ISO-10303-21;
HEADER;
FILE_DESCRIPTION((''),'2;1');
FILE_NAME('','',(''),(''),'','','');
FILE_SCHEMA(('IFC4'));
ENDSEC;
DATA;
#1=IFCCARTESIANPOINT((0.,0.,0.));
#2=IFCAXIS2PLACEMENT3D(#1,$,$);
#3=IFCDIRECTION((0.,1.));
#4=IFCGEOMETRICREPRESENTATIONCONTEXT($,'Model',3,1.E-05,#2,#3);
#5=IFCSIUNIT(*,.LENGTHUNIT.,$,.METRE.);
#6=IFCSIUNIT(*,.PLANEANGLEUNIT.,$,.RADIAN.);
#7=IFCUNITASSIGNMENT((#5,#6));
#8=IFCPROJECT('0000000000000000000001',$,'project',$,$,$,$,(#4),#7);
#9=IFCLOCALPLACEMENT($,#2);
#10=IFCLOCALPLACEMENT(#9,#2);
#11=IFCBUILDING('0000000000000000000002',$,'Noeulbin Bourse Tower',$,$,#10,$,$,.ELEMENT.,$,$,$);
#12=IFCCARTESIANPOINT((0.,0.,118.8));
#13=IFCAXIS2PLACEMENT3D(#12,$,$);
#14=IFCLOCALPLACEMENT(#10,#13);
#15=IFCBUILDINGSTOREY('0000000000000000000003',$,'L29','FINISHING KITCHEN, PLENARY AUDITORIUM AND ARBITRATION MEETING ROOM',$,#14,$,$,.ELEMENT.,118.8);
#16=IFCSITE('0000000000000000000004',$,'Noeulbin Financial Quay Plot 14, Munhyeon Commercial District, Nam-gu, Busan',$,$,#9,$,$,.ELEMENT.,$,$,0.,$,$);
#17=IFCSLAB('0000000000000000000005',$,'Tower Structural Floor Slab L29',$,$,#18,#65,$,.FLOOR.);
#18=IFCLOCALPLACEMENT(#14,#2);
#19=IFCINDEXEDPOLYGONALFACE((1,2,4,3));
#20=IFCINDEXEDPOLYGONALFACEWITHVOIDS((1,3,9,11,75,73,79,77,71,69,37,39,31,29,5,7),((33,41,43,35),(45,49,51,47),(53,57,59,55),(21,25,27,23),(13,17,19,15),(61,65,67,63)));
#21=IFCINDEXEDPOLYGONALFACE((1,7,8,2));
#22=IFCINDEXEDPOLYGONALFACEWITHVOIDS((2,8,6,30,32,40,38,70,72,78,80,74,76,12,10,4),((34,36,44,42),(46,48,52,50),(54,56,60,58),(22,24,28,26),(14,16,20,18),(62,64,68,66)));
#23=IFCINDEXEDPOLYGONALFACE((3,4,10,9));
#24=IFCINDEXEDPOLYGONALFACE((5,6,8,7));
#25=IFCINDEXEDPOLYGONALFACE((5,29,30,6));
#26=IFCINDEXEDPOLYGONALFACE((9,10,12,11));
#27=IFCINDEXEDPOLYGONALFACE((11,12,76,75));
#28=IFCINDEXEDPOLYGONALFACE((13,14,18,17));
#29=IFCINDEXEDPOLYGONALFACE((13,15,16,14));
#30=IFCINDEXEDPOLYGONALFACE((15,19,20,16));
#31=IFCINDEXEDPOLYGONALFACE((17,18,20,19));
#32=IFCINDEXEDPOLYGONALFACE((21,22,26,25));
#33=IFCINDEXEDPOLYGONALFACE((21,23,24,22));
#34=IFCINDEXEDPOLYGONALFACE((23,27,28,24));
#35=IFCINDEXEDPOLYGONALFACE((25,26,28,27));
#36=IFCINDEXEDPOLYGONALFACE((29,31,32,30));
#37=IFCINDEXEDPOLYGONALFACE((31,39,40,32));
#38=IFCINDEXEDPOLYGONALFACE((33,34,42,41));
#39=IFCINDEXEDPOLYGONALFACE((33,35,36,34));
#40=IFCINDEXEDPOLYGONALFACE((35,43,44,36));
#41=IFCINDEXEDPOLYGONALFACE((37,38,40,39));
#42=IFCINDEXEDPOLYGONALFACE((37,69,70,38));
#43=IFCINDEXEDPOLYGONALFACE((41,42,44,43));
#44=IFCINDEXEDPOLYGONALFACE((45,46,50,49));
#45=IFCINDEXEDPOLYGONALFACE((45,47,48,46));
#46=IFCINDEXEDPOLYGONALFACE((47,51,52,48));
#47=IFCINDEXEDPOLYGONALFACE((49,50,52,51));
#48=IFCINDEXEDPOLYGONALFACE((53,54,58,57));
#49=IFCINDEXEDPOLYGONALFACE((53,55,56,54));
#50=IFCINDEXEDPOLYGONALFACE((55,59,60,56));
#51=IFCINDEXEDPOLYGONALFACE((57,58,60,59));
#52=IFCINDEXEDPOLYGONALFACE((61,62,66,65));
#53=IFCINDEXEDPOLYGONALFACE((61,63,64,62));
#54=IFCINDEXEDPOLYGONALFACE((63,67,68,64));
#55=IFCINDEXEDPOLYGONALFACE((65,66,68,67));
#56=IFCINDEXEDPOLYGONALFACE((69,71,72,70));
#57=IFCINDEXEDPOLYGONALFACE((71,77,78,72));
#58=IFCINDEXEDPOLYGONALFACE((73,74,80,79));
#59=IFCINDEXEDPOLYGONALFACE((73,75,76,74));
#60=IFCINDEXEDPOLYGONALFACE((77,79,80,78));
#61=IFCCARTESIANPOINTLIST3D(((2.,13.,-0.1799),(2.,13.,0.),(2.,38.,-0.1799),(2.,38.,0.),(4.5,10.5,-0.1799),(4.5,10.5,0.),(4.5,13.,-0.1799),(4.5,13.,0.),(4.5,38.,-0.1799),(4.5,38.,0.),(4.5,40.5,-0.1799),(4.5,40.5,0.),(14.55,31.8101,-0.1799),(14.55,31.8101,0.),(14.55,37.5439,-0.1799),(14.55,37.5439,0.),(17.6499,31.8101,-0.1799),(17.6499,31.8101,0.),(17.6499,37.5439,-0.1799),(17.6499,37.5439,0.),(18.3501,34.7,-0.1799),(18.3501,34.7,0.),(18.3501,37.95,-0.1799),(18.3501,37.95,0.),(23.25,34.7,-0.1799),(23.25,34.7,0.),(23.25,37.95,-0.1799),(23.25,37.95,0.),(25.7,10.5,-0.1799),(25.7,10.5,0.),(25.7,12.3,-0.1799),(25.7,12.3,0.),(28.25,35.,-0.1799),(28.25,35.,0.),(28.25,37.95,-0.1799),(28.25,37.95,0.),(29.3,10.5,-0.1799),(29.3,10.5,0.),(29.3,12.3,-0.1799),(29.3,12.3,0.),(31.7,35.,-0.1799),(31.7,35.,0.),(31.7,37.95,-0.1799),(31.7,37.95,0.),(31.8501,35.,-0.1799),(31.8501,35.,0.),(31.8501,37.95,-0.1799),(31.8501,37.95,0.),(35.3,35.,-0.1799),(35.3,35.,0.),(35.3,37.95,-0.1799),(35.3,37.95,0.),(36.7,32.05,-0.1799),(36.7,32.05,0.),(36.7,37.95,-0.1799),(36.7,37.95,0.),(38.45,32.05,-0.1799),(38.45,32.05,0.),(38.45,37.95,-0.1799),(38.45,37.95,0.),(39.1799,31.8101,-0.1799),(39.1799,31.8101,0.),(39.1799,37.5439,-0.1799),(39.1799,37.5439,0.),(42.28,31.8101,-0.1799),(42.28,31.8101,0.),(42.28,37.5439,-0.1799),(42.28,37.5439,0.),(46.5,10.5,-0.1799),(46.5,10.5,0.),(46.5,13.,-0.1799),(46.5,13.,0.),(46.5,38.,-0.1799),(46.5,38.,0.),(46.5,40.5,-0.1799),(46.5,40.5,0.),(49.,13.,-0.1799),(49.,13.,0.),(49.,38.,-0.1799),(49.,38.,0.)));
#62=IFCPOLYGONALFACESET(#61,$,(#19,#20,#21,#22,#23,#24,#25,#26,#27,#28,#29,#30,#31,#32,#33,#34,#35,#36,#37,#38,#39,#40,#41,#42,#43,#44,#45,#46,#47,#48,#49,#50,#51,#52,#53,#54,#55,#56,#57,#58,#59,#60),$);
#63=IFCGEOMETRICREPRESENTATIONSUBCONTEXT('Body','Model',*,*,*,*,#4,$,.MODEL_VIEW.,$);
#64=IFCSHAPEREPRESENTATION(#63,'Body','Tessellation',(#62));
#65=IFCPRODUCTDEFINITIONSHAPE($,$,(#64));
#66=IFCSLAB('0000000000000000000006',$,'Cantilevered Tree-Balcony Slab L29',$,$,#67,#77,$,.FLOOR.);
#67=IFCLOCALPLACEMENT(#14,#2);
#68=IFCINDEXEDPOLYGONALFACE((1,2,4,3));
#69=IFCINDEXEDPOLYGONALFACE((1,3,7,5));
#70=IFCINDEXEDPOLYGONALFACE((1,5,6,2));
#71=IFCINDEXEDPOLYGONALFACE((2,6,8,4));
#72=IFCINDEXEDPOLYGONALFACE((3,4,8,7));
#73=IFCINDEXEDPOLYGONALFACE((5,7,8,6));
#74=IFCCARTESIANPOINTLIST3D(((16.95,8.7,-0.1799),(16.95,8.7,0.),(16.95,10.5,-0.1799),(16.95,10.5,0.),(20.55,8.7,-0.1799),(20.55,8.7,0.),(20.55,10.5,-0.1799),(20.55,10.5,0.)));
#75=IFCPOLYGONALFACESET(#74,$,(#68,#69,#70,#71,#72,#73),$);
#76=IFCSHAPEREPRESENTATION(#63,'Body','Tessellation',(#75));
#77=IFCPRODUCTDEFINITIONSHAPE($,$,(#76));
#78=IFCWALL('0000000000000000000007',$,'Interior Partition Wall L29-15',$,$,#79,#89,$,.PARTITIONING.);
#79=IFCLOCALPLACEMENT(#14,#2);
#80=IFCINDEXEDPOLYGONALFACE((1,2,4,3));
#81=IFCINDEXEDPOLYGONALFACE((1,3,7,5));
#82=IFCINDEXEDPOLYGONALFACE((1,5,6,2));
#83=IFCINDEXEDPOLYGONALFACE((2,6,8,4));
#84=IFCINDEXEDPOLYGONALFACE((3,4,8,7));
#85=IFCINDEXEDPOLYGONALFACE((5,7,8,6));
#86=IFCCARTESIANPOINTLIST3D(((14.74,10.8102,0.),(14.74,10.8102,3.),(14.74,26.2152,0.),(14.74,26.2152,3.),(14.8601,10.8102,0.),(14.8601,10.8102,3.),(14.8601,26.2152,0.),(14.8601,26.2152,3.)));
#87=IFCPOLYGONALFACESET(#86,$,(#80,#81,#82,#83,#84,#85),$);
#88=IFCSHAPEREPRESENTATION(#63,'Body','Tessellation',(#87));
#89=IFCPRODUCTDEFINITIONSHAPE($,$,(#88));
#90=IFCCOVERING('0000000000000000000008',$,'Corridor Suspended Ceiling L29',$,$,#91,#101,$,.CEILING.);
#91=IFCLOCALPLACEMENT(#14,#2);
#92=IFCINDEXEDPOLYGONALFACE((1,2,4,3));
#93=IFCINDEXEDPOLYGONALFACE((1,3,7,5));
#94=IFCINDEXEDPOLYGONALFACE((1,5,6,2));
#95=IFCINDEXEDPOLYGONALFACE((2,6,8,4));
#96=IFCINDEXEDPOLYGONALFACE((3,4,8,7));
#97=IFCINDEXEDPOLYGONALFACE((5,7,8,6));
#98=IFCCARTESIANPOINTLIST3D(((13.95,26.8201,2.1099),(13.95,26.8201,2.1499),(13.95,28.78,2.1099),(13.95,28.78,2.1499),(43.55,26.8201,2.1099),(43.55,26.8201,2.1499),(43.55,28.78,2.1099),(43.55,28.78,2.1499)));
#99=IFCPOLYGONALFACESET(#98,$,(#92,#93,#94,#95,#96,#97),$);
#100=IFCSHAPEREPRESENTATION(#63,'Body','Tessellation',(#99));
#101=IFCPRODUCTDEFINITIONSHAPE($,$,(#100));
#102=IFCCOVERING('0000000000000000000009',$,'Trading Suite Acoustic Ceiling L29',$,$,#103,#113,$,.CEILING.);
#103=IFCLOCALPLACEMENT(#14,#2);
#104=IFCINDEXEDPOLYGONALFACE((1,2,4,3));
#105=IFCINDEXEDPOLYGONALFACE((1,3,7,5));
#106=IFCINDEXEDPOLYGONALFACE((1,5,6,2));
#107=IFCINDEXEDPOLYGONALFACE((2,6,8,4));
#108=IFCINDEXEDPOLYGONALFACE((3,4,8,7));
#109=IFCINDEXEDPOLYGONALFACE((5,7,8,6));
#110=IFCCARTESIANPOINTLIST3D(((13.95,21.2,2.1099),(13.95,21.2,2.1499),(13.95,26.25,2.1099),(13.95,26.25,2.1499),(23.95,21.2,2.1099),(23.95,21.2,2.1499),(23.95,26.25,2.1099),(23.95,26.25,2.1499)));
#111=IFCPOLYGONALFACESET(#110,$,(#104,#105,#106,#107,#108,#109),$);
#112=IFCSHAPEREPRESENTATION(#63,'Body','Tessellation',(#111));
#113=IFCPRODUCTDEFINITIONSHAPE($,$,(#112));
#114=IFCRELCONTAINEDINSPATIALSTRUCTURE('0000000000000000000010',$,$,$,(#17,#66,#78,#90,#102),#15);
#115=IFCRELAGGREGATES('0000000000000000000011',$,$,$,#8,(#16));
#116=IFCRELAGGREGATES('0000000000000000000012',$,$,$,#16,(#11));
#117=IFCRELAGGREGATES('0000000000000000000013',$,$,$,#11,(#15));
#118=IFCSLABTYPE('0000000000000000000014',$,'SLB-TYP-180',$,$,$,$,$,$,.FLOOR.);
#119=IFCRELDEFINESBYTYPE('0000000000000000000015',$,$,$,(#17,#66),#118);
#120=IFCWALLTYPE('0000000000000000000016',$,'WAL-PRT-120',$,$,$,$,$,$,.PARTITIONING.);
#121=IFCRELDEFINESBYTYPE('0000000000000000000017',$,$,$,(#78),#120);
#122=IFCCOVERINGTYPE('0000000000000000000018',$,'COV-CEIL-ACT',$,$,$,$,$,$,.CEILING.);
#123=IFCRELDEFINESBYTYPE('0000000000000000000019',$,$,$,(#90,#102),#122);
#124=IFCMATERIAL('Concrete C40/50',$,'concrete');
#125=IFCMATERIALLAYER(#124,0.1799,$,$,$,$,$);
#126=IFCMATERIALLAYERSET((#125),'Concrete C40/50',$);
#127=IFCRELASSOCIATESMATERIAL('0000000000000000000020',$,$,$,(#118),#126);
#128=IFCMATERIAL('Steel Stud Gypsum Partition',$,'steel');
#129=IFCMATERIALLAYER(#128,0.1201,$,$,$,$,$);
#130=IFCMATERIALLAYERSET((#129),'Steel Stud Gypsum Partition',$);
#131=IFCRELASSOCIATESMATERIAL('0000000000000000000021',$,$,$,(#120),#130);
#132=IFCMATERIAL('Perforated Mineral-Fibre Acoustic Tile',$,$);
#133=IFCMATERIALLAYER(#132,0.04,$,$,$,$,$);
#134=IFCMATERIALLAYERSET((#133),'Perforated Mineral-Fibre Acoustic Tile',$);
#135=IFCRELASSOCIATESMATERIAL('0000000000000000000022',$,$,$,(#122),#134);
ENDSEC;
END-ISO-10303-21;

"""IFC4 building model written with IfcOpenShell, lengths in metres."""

from ifc_helpers import new_model, si_unit, direction, frame, frame_2d, origin, place, context, subcontext, project, spatial, polyline, rectangle, outline, extrude, material, layer, layer_set, type_object, element, save


model = new_model("IFC4")

# Units and contexts
model_context = context("Model", 3, precision=1e-05, world=origin(), true_north=direction((0.0, 1.0)))
body_context = subcontext(model_context, "Body", "Model", "MODEL_VIEW")
ifc_project = project(units=[si_unit("LENGTHUNIT", "METRE"), si_unit("PLANEANGLEUNIT", "RADIAN")], contexts=[model_context])

# Site, building, storey
site_placement = place(None, origin())
site = spatial("IfcSite", under=ifc_project, at=site_placement, Name="Noeulbin Financial Quay Plot 14, Munhyeon Commercial District, Nam-gu, Busan", CompositionType="ELEMENT", RefElevation=0.0)
building_placement = place(site_placement, origin())
building = spatial("IfcBuilding", under=site, at=building_placement, Name="Noeulbin Bourse Tower", CompositionType="ELEMENT")
storey_placement = place(building_placement, frame((0.0, 0.0, 118.8)))
storey = spatial("IfcBuildingStorey", under=building, at=storey_placement, Name="L29", Description="FINISHING KITCHEN, PLENARY AUDITORIUM AND ARBITRATION MEETING ROOM", CompositionType="ELEMENT", Elevation=118.8)

# Shared definitions
ifc_material_1 = material(Name="Concrete C40/50", Category="concrete")

# Slab, openings
ifc_layer_1 = layer(ifc_material_1, 0.1799)
ifc_layer_set_1 = layer_set([ifc_layer_1], Name="Concrete C40/50")
slab_type_1 = type_object("IfcSlabType", Name="SLB-TYP-180", PredefinedType="FLOOR", material=ifc_layer_set_1)
slab_1_placement = place(storey_placement, frame((0.0, 0.0, -0.1799)))
slab_1 = element("IfcSlab", 1, at=slab_1_placement, inside=storey, type_object=slab_type_1, Name="Tower Structural Floor Slab L29", PredefinedType="FLOOR", context=body_context, shape_type="SweptSolid", body=[
    extrude(outline(polyline([(4.5, 10.5), (25.7, 10.5), (25.7, 12.3), (29.3, 12.3), (29.3, 10.5), (46.5, 10.5), (46.5, 13.0), (49.0, 13.0), (49.0, 38.0), (46.5, 38.0), (46.5, 40.5), (4.5, 40.5), (4.5, 38.0), (2.0, 38.0), (2.0, 13.0), (4.5, 13.0), (4.5, 10.5)]), holes=[polyline([(17.6499, 31.8101), (17.6499, 37.5439), (14.55, 37.5439), (14.55, 31.8101), (17.6499, 31.8101)]), polyline([(42.28, 31.8101), (42.28, 37.5439), (39.1799, 37.5439), (39.1799, 31.8101), (42.28, 31.8101)]), polyline([(18.3501, 34.7), (23.25, 34.7), (23.25, 37.95), (18.3501, 37.95), (18.3501, 34.7)]), polyline([(36.7, 32.05), (38.45, 32.05), (38.45, 37.95), (36.7, 37.95), (36.7, 32.05)]), polyline([(28.25, 35.0), (31.7, 35.0), (31.7, 37.95), (28.25, 37.95), (28.25, 35.0)]), polyline([(31.8501, 35.0), (35.3, 35.0), (35.3, 37.95), (31.8501, 37.95), (31.8501, 35.0)])]), origin(), (0.0, 0.0, 1.0), 0.1799),
])
opening_1_placement = place(slab_1_placement, frame((0.0, 0.0, -0.01)))
element("IfcOpeningElement", 2, at=opening_1_placement, cuts=slab_1, PredefinedType="OPENING", context=body_context, shape_type="SweptSolid", body=[
    extrude(outline(polyline([(17.6499, 31.8101), (17.6499, 37.5439), (14.55, 37.5439), (14.55, 31.8101), (17.6499, 31.8101)])), origin(), (0.0, 0.0, 1.0), 0.2),
])
opening_2_placement = place(slab_1_placement, frame((0.0, 0.0, -0.01)))
element("IfcOpeningElement", 3, at=opening_2_placement, cuts=slab_1, PredefinedType="OPENING", context=body_context, shape_type="SweptSolid", body=[
    extrude(outline(polyline([(42.28, 31.8101), (42.28, 37.5439), (39.1799, 37.5439), (39.1799, 31.8101), (42.28, 31.8101)])), origin(), (0.0, 0.0, 1.0), 0.2),
])
opening_3_placement = place(slab_1_placement, frame((0.0, 0.0, -0.01)))
element("IfcOpeningElement", 4, at=opening_3_placement, cuts=slab_1, PredefinedType="OPENING", context=body_context, shape_type="SweptSolid", body=[
    extrude(outline(polyline([(18.3501, 34.7), (23.25, 34.7), (23.25, 37.95), (18.3501, 37.95), (18.3501, 34.7)])), origin(), (0.0, 0.0, 1.0), 0.2),
])
opening_4_placement = place(slab_1_placement, frame((0.0, 0.0, -0.01)))
element("IfcOpeningElement", 5, at=opening_4_placement, cuts=slab_1, PredefinedType="OPENING", context=body_context, shape_type="SweptSolid", body=[
    extrude(outline(polyline([(36.7, 32.05), (38.45, 32.05), (38.45, 37.95), (36.7, 37.95), (36.7, 32.05)])), origin(), (0.0, 0.0, 1.0), 0.2),
])
opening_5_placement = place(slab_1_placement, frame((0.0, 0.0, -0.01)))
element("IfcOpeningElement", 6, at=opening_5_placement, cuts=slab_1, PredefinedType="OPENING", context=body_context, shape_type="SweptSolid", body=[
    extrude(outline(polyline([(28.25, 35.0), (31.7, 35.0), (31.7, 37.95), (28.25, 37.95), (28.25, 35.0)])), origin(), (0.0, 0.0, 1.0), 0.2),
])
opening_6_placement = place(slab_1_placement, frame((0.0, 0.0, -0.01)))
element("IfcOpeningElement", 7, at=opening_6_placement, cuts=slab_1, PredefinedType="OPENING", context=body_context, shape_type="SweptSolid", body=[
    extrude(outline(polyline([(31.8501, 35.0), (35.3, 35.0), (35.3, 37.95), (31.8501, 37.95), (31.8501, 35.0)])), origin(), (0.0, 0.0, 1.0), 0.2),
])

# Slab
slab_2_placement = place(storey_placement, frame((0.0, 0.0, -0.1799)))
element("IfcSlab", 8, at=slab_2_placement, inside=storey, type_object=slab_type_1, Name="Cantilevered Tree-Balcony Slab L29", PredefinedType="FLOOR", context=body_context, shape_type="SweptSolid", body=[
    extrude(outline(polyline([(16.95, 8.7), (20.55, 8.7), (20.55, 10.5), (16.95, 10.5), (16.95, 8.7)])), origin(), (0.0, 0.0, 1.0), 0.1799),
])

# Wall
ifc_material_2 = material(Name="Steel Stud Gypsum Partition", Category="steel")
ifc_layer_2 = layer(ifc_material_2, 0.1201)
ifc_layer_set_2 = layer_set([ifc_layer_2], Name="Steel Stud Gypsum Partition")
wall_type = type_object("IfcWallType", Name="WAL-PRT-120", PredefinedType="PARTITIONING", material=ifc_layer_set_2)
wall_placement = place(storey_placement, frame((14.8, 10.8101, 0.0), z_axis=(0.0, 0.0, 1.0), x_axis=(0.0, 1.0, 0.0)))
element("IfcWall", 9, at=wall_placement, inside=storey, type_object=wall_type, Name="Interior Partition Wall L29-15", PredefinedType="PARTITIONING", context=body_context, shape_type="SweptSolid", body=[
    extrude(rectangle(XDim=15.405, YDim=0.1201, at=frame_2d((7.7026, 0.0))), origin(), (0.0, 0.0, 1.0), 3.0),
])

# Coverings
ifc_material_3 = material(Name="Perforated Mineral-Fibre Acoustic Tile")
ifc_layer_3 = layer(ifc_material_3, 0.04)
ifc_layer_set_3 = layer_set([ifc_layer_3], Name="Perforated Mineral-Fibre Acoustic Tile")
covering_type = type_object("IfcCoveringType", Name="COV-CEIL-ACT", PredefinedType="CEILING", material=ifc_layer_set_3)
covering_1_placement = place(storey_placement, frame((0.0, 0.0, 2.1099)))
element("IfcCovering", 10, at=covering_1_placement, inside=storey, type_object=covering_type, Name="Corridor Suspended Ceiling L29", PredefinedType="CEILING", context=body_context, shape_type="SweptSolid", body=[
    extrude(outline(polyline([(13.95, 26.8201), (43.55, 26.8201), (43.55, 28.78), (13.95, 28.78), (13.95, 26.8201)])), origin(), (0.0, 0.0, 1.0), 0.04),
])
covering_2_placement = place(storey_placement, frame((0.0, 0.0, 2.1099)))
element("IfcCovering", 11, at=covering_2_placement, inside=storey, type_object=covering_type, Name="Trading Suite Acoustic Ceiling L29", PredefinedType="CEILING", context=body_context, shape_type="SweptSolid", body=[
    extrude(outline(polyline([(13.95, 21.2), (23.95, 21.2), (23.95, 26.25), (13.95, 26.25), (13.95, 21.2)])), origin(), (0.0, 0.0, 1.0), 0.04),
])

save(model, "model.ifc")
